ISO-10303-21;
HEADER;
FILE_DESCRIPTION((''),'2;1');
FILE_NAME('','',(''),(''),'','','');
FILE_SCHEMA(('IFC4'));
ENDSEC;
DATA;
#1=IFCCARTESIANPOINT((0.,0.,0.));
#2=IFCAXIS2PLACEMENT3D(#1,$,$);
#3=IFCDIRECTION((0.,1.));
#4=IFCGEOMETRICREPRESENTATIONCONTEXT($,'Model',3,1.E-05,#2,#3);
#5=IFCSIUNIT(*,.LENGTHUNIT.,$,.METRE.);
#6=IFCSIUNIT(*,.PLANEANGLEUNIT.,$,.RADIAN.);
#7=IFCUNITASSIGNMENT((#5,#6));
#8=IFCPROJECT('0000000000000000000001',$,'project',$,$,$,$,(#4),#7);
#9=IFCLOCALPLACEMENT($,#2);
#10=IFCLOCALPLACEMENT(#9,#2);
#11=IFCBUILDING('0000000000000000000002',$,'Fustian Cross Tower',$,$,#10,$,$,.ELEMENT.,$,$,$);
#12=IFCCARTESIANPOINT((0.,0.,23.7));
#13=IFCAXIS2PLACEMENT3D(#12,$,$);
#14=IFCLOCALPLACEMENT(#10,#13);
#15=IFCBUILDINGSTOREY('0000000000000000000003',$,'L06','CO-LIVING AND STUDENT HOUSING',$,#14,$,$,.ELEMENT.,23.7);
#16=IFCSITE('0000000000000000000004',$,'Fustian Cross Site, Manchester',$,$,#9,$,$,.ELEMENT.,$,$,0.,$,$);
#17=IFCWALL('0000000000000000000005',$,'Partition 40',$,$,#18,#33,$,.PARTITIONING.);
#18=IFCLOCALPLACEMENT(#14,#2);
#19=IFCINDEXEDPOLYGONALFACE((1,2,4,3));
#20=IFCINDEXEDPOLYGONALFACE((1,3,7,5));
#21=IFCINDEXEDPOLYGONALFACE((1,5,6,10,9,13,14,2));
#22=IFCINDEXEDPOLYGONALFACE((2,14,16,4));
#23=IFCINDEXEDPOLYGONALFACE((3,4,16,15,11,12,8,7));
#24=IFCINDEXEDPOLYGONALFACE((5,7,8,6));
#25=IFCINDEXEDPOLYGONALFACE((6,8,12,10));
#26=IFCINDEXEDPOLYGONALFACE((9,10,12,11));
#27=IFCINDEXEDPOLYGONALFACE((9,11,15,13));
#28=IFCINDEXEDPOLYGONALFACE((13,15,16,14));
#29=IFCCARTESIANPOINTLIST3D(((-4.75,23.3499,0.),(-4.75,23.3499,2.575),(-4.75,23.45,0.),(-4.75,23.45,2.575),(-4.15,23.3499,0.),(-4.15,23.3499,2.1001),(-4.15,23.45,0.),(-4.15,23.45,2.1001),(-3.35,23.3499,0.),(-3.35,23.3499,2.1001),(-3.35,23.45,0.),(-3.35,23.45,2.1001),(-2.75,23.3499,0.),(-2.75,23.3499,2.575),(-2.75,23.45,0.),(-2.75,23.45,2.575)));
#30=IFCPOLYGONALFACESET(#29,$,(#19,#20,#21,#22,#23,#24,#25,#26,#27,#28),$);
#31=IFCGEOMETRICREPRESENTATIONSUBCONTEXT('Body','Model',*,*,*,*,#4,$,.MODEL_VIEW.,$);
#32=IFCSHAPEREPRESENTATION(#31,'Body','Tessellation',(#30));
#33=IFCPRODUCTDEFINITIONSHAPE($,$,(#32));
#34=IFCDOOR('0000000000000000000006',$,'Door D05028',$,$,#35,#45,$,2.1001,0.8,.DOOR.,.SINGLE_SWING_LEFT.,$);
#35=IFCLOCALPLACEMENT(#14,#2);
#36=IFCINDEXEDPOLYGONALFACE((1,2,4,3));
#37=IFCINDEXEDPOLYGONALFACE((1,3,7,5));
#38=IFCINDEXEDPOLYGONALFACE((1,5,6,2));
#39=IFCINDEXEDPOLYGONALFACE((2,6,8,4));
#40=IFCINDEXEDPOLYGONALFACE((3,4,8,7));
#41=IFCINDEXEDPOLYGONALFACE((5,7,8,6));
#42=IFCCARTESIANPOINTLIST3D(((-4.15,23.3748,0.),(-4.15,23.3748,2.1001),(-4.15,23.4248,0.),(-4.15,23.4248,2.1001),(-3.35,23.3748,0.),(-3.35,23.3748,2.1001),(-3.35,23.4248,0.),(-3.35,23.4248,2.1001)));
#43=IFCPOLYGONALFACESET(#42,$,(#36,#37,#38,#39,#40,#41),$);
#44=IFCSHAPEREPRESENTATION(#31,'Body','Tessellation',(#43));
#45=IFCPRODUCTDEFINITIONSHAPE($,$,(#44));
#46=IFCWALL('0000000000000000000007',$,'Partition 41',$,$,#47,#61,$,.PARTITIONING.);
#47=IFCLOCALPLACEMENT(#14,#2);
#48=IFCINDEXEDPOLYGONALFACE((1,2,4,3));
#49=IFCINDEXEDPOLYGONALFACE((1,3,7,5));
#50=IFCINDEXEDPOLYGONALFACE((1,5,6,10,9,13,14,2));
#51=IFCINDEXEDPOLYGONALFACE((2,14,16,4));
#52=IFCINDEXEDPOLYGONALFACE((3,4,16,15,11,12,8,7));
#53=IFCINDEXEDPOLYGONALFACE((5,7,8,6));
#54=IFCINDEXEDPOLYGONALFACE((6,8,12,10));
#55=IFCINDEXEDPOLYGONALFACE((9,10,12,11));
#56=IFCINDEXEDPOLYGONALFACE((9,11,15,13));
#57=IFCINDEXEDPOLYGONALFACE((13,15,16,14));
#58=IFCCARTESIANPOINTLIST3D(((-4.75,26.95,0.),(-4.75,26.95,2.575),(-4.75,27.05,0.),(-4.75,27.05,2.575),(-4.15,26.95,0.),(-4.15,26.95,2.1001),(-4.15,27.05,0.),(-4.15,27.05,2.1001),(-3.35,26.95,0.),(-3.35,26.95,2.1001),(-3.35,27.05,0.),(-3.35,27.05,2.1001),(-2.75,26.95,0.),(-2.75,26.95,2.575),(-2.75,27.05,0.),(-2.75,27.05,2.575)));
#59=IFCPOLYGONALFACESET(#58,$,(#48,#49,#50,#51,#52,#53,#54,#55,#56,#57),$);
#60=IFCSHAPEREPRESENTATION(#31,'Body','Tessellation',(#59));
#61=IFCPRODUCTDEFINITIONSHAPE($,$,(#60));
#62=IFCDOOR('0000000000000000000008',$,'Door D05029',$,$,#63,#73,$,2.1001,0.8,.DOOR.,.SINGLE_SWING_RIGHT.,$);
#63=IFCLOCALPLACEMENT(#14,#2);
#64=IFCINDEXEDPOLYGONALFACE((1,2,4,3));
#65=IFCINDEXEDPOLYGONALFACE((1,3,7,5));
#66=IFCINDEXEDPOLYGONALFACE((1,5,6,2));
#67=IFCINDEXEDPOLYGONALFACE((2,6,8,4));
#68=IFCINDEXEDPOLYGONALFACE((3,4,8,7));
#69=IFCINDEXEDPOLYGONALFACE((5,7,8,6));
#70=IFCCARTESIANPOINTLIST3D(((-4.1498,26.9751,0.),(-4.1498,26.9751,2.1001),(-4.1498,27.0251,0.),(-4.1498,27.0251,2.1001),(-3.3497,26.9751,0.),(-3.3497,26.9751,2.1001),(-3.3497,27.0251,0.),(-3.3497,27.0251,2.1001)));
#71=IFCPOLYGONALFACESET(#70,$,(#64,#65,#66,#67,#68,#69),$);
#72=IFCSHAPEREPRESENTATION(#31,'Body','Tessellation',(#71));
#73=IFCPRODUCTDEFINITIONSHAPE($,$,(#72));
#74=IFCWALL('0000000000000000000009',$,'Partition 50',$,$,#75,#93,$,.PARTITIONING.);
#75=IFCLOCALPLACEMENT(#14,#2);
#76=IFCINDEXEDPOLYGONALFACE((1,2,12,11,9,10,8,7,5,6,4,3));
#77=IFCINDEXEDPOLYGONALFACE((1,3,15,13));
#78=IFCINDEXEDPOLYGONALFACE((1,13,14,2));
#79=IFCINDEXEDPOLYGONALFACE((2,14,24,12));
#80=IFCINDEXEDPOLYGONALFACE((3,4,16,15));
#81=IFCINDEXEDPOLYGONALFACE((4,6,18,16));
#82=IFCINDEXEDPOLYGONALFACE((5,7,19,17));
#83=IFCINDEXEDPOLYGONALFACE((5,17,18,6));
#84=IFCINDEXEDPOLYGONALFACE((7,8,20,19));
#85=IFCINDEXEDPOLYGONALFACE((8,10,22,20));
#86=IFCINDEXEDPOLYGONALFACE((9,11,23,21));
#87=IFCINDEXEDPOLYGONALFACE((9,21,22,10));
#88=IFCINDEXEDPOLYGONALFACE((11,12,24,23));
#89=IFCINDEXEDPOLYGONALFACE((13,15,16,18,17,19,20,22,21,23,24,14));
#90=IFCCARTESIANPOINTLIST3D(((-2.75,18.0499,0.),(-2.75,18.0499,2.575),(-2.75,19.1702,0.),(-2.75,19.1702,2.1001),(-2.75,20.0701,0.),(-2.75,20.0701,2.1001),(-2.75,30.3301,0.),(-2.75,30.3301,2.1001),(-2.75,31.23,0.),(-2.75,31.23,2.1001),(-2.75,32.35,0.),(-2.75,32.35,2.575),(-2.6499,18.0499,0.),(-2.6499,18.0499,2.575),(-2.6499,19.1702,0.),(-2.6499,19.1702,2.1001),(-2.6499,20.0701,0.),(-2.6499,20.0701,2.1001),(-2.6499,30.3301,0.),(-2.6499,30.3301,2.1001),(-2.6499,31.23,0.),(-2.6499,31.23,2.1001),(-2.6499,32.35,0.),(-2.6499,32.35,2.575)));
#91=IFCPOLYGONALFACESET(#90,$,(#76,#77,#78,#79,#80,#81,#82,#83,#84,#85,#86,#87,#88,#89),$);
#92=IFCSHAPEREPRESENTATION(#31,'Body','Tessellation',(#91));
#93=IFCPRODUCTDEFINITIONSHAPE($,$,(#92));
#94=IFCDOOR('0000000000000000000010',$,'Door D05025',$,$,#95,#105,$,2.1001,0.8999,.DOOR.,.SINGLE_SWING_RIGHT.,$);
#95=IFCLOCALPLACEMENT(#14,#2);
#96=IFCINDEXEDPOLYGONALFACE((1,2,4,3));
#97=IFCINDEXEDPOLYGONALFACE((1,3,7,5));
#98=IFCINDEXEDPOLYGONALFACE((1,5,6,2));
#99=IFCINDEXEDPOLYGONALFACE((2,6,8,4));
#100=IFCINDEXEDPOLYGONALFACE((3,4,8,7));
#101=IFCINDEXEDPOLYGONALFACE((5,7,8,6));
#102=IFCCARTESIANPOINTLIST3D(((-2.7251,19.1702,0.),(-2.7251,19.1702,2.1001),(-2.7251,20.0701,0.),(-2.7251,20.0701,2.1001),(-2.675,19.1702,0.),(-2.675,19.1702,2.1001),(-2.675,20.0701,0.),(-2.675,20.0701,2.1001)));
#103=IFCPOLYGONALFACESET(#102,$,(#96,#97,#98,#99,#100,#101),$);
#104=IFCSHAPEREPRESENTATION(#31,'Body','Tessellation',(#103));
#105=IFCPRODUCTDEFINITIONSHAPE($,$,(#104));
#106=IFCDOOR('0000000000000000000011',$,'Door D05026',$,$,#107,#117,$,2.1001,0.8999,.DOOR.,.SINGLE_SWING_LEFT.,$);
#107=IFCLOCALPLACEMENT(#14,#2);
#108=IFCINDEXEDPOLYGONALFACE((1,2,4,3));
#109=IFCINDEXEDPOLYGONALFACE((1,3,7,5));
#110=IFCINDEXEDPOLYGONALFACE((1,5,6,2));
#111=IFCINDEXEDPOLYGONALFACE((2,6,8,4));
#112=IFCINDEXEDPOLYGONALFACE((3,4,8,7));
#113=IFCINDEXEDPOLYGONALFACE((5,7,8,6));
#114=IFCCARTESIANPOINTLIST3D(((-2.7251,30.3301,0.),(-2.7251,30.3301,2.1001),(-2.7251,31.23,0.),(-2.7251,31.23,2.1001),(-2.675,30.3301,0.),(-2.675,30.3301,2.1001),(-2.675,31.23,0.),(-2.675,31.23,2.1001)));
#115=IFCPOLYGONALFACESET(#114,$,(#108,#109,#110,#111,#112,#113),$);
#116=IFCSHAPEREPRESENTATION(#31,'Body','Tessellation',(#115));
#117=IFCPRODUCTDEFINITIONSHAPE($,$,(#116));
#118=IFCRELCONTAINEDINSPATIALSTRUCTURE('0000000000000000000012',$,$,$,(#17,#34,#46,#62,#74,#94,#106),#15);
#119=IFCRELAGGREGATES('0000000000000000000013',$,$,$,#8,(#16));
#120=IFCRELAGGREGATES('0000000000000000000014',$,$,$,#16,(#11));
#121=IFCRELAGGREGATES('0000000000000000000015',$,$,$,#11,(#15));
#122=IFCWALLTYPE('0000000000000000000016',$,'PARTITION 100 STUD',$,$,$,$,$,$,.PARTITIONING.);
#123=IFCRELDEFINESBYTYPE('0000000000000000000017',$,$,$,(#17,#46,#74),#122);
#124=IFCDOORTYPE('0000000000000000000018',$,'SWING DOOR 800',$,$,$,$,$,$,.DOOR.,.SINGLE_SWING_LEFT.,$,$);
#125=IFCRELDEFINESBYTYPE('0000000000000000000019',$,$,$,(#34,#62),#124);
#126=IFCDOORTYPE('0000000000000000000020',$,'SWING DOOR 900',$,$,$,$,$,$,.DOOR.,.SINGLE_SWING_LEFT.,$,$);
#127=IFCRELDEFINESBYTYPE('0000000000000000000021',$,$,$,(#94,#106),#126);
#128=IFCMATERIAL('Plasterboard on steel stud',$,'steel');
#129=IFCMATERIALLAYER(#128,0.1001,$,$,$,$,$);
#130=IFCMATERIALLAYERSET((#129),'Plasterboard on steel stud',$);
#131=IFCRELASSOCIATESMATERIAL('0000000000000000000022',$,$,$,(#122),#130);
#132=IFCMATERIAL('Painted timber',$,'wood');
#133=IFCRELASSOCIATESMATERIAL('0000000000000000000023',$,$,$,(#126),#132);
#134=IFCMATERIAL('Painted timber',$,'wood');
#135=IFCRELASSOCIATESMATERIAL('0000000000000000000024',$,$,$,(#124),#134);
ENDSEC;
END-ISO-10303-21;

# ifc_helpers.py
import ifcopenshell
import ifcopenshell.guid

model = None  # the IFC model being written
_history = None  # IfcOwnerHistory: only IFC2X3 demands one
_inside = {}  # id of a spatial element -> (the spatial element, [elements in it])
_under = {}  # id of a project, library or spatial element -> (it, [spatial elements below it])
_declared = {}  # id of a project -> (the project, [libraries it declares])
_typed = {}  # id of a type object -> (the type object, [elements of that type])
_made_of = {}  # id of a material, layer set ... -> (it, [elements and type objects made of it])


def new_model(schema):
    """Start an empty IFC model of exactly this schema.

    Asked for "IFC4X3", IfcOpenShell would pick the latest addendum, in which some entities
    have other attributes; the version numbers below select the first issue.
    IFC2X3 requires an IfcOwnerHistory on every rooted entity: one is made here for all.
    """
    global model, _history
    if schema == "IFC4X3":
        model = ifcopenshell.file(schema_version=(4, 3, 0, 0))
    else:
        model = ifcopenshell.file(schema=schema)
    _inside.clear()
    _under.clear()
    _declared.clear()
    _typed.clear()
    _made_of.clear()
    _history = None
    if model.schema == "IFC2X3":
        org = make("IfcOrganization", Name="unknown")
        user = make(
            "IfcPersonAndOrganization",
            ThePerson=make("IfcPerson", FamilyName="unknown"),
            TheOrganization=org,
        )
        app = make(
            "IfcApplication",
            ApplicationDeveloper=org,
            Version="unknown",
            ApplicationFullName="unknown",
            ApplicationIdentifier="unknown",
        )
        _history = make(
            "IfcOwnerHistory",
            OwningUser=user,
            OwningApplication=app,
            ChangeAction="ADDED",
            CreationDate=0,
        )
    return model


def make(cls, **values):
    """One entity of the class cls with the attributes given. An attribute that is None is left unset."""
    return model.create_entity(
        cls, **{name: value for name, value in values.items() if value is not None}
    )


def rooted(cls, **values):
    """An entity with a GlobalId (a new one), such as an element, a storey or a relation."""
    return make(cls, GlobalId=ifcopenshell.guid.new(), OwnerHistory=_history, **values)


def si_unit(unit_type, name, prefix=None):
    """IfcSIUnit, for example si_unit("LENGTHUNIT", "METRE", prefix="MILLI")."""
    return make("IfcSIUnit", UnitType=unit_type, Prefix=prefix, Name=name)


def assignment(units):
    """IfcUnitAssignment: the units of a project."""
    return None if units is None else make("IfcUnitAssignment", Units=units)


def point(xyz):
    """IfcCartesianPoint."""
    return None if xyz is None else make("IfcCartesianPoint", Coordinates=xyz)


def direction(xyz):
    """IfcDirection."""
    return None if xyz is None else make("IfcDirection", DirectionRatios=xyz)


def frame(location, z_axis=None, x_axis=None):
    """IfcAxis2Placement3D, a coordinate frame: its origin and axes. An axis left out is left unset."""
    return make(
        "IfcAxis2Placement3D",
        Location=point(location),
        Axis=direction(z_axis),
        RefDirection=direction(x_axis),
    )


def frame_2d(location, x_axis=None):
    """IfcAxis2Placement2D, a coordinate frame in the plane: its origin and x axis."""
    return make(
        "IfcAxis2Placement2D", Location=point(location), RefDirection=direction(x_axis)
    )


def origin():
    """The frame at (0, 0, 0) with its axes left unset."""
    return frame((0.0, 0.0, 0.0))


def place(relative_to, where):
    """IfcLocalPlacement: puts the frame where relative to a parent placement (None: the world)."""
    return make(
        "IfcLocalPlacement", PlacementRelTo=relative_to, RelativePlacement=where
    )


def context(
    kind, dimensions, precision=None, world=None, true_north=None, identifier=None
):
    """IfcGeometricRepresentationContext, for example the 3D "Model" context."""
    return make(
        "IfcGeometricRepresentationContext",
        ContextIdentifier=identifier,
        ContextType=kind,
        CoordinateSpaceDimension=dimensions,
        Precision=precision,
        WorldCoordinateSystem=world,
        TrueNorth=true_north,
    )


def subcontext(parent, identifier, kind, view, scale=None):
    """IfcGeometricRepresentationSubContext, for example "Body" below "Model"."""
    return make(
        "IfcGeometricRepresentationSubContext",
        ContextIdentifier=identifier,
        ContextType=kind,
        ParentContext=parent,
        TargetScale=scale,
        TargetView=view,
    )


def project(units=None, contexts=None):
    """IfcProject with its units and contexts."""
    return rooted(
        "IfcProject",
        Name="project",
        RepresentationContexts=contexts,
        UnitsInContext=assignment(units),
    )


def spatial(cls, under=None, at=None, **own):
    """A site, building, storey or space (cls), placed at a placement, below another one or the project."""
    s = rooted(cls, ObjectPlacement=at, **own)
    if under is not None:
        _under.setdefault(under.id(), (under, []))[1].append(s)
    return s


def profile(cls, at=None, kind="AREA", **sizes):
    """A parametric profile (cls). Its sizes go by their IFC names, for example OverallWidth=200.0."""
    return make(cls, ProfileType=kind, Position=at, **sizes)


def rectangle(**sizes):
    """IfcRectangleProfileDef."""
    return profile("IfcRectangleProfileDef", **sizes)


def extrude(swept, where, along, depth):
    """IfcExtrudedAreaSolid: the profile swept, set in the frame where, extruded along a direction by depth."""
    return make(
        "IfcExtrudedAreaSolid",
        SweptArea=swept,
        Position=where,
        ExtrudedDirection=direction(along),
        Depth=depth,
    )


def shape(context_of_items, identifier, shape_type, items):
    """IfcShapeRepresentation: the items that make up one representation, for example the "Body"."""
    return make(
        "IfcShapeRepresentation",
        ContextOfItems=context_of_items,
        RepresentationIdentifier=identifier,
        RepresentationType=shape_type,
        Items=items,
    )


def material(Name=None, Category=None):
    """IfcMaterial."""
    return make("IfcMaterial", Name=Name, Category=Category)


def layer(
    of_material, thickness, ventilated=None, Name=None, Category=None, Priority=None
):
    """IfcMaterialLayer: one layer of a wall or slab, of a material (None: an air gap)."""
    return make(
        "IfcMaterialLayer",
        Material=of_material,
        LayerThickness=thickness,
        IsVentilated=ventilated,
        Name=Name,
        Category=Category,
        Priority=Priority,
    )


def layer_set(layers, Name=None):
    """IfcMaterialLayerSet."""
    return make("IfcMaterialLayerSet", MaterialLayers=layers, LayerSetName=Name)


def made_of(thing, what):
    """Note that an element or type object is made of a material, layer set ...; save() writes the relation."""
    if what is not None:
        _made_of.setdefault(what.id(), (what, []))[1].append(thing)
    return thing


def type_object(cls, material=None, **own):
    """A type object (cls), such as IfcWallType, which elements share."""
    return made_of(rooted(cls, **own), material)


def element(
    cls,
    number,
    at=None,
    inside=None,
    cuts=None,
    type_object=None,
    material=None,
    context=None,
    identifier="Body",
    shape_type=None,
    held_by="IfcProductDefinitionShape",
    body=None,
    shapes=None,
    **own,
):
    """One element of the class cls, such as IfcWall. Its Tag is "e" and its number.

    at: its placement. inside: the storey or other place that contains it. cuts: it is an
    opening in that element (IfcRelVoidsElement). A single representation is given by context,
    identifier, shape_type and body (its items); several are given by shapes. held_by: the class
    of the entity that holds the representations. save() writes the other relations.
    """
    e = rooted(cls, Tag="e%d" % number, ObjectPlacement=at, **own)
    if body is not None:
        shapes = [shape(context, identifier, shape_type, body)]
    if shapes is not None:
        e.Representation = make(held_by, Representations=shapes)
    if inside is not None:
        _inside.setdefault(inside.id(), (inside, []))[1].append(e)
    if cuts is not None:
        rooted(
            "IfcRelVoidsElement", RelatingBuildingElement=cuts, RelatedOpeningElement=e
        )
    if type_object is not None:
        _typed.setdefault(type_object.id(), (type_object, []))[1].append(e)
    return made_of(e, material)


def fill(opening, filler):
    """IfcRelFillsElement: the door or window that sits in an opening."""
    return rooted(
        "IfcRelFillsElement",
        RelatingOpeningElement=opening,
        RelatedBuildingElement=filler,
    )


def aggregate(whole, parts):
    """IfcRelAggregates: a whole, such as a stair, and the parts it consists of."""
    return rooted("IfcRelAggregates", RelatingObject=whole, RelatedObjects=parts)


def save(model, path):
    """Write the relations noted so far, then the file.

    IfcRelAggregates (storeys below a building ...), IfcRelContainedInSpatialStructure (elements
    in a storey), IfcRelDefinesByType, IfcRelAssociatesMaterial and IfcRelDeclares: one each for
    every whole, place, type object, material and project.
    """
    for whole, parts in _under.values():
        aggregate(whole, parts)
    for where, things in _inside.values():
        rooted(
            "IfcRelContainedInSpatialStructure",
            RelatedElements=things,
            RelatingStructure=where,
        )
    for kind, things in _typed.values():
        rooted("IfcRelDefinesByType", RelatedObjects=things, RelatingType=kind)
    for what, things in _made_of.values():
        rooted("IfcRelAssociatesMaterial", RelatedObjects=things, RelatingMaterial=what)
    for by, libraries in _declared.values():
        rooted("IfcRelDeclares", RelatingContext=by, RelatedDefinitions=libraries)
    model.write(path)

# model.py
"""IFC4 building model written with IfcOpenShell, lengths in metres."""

from ifc_helpers import new_model, si_unit, direction, frame, frame_2d, origin, place, context, subcontext, project, spatial, rectangle, extrude, material, layer, layer_set, type_object, element, fill, save


model = new_model("IFC4")

# Units and contexts
model_context = context("Model", 3, precision=1e-05, world=origin(), true_north=direction((0.0, 1.0)))
body_context = subcontext(model_context, "Body", "Model", "MODEL_VIEW")
ifc_project = project(units=[si_unit("LENGTHUNIT", "METRE"), si_unit("PLANEANGLEUNIT", "RADIAN")], contexts=[model_context])

# Site, building, storey
site_placement = place(None, origin())
site = spatial("IfcSite", under=ifc_project, at=site_placement, Name="Fustian Cross Site, Manchester", CompositionType="ELEMENT", RefElevation=0.0)
building_placement = place(site_placement, origin())
building = spatial("IfcBuilding", under=site, at=building_placement, Name="Fustian Cross Tower", CompositionType="ELEMENT")
storey_placement = place(building_placement, frame((0.0, 0.0, 23.7)))
storey = spatial("IfcBuildingStorey", under=building, at=storey_placement, Name="L06", Description="CO-LIVING AND STUDENT HOUSING", CompositionType="ELEMENT", Elevation=23.7)

# Shared definitions
ifc_material_1 = material(Name="Plasterboard on steel stud", Category="steel")
ifc_layer = layer(ifc_material_1, 0.1001)
ifc_layer_set = layer_set([ifc_layer], Name="Plasterboard on steel stud")
wall_type = type_object("IfcWallType", Name="PARTITION 100 STUD", PredefinedType="PARTITIONING", material=ifc_layer_set)
ifc_material_2 = material(Name="Painted timber", Category="wood")
door_type_1 = type_object("IfcDoorType", Name="SWING DOOR 900", OperationType="SINGLE_SWING_LEFT", PredefinedType="DOOR", material=ifc_material_2)

# Shared definitions
ifc_material_3 = material(Name="Painted timber", Category="wood")
door_type_2 = type_object("IfcDoorType", Name="SWING DOOR 800", OperationType="SINGLE_SWING_LEFT", PredefinedType="DOOR", material=ifc_material_3)

# Walls, openings, doors
wall_1_placement = place(storey_placement, frame((-4.75, 23.3999, 0.0), z_axis=(0.0, 0.0, 1.0), x_axis=(1.0, 0.0, 0.0)))
wall_1 = element("IfcWall", 1, at=wall_1_placement, inside=storey, type_object=wall_type, Name="Partition 40", PredefinedType="PARTITIONING", context=body_context, shape_type="SweptSolid", body=[
    extrude(rectangle(XDim=2.0, YDim=0.1001, at=frame_2d((1.0, 0.0))), origin(), (0.0, 0.0, 1.0), 2.575),
])
opening_1_placement = place(wall_1_placement, frame((0.6001, 0.0, 0.0)))
opening_1 = element("IfcOpeningElement", 2, at=opening_1_placement, cuts=wall_1, PredefinedType="OPENING", context=body_context, shape_type="SweptSolid", body=[
    extrude(rectangle(XDim=0.8, YDim=2.1001, at=frame_2d((0.3999, 1.05))), frame((0.0, 0.0601, 0.0), z_axis=(0.0, -1.0, 0.0), x_axis=(1.0, 0.0, 0.0)), (0.0, 0.0, 1.0), 0.1201),
])
door_1_placement = place(opening_1_placement, origin())
door_1 = element("IfcDoor", 3, at=door_1_placement, inside=storey, type_object=door_type_2, Name="Door D05028", OperationType="SINGLE_SWING_LEFT", OverallHeight=2.1001, OverallWidth=0.8, PredefinedType="DOOR", context=body_context, shape_type="SweptSolid", body=[
    extrude(rectangle(XDim=0.8, YDim=2.1001, at=frame_2d((0.3999, 1.05))), frame((0.0, 0.0249, 0.0), z_axis=(0.0, -1.0, 0.0), x_axis=(1.0, 0.0, 0.0)), (0.0, 0.0, 1.0), 0.05),
])
fill(opening_1, door_1)
wall_2_placement = place(storey_placement, frame((-4.75, 27.0, 0.0), z_axis=(0.0, 0.0, 1.0), x_axis=(1.0, 0.0, 0.0)))
wall_2 = element("IfcWall", 4, at=wall_2_placement, inside=storey, type_object=wall_type, Name="Partition 41", PredefinedType="PARTITIONING", context=body_context, shape_type="SweptSolid", body=[
    extrude(rectangle(XDim=2.0, YDim=0.1001, at=frame_2d((1.0, 0.0))), origin(), (0.0, 0.0, 1.0), 2.575),
])
opening_2_placement = place(wall_2_placement, frame((0.6001, 0.0, 0.0)))
opening_2 = element("IfcOpeningElement", 5, at=opening_2_placement, cuts=wall_2, PredefinedType="OPENING", context=body_context, shape_type="SweptSolid", body=[
    extrude(rectangle(XDim=0.8, YDim=2.1001, at=frame_2d((0.3999, 1.05))), frame((0.0, 0.0601, 0.0), z_axis=(0.0, -1.0, 0.0), x_axis=(1.0, 0.0, 0.0)), (0.0, 0.0, 1.0), 0.1201),
])
door_2_placement = place(opening_2_placement, frame((0.8, 0.0, 0.0), z_axis=(0.0, 0.0, 1.0), x_axis=(-1.0, 0.0, 0.0)))
door_2 = element("IfcDoor", 6, at=door_2_placement, inside=storey, type_object=door_type_2, Name="Door D05029", OperationType="SINGLE_SWING_RIGHT", OverallHeight=2.1001, OverallWidth=0.8, PredefinedType="DOOR", context=body_context, shape_type="SweptSolid", body=[
    extrude(rectangle(XDim=0.8, YDim=2.1001, at=frame_2d((0.3999, 1.05))), frame((0.0, 0.0249, 0.0), z_axis=(0.0, -1.0, 0.0), x_axis=(1.0, 0.0, 0.0)), (0.0, 0.0, 1.0), 0.05),
])
fill(opening_2, door_2)

# Wall, openings, doors
wall_3_placement = place(storey_placement, frame((-2.7, 18.05, 0.0), z_axis=(0.0, 0.0, 1.0), x_axis=(0.0, 1.0, 0.0)))
wall_3 = element("IfcWall", 7, at=wall_3_placement, inside=storey, type_object=wall_type, Name="Partition 50", PredefinedType="PARTITIONING", context=body_context, shape_type="SweptSolid", body=[
    extrude(rectangle(XDim=14.3, YDim=0.1001, at=frame_2d((7.1499, 0.0))), origin(), (0.0, 0.0, 1.0), 2.575),
])
opening_3_placement = place(wall_3_placement, frame((1.1201, 0.0, 0.0)))
opening_3 = element("IfcOpeningElement", 8, at=opening_3_placement, cuts=wall_3, PredefinedType="OPENING", context=body_context, shape_type="SweptSolid", body=[
    extrude(rectangle(XDim=0.8999, YDim=2.1001, at=frame_2d((0.45, 1.05))), frame((0.0, 0.0601, 0.0), z_axis=(0.0, -1.0, 0.0), x_axis=(1.0, 0.0, 0.0)), (0.0, 0.0, 1.0), 0.1201),
])
opening_4_placement = place(wall_3_placement, frame((12.28, 0.0, 0.0)))
opening_4 = element("IfcOpeningElement", 9, at=opening_4_placement, cuts=wall_3, PredefinedType="OPENING", context=body_context, shape_type="SweptSolid", body=[
    extrude(rectangle(XDim=0.8999, YDim=2.1001, at=frame_2d((0.45, 1.05))), frame((0.0, 0.0601, 0.0), z_axis=(0.0, -1.0, 0.0), x_axis=(1.0, 0.0, 0.0)), (0.0, 0.0, 1.0), 0.1201),
])
door_3_placement = place(opening_3_placement, frame((0.8999, 0.0, 0.0), z_axis=(0.0, 0.0, 1.0), x_axis=(-1.0, 0.0, 0.0)))
door_3 = element("IfcDoor", 10, at=door_3_placement, inside=storey, type_object=door_type_1, Name="Door D05025", OperationType="SINGLE_SWING_RIGHT", OverallHeight=2.1001, OverallWidth=0.8999, PredefinedType="DOOR", context=body_context, shape_type="SweptSolid", body=[
    extrude(rectangle(XDim=0.8999, YDim=2.1001, at=frame_2d((0.45, 1.05))), frame((0.0, 0.0249, 0.0), z_axis=(0.0, -1.0, 0.0), x_axis=(1.0, 0.0, 0.0)), (0.0, 0.0, 1.0), 0.05),
])
fill(opening_3, door_3)
door_4_placement = place(opening_4_placement, frame((0.8999, 0.0, 0.0), z_axis=(0.0, 0.0, 1.0), x_axis=(-1.0, 0.0, 0.0)))
door_4 = element("IfcDoor", 11, at=door_4_placement, inside=storey, type_object=door_type_1, Name="Door D05026", OperationType="SINGLE_SWING_LEFT", OverallHeight=2.1001, OverallWidth=0.8999, PredefinedType="DOOR", context=body_context, shape_type="SweptSolid", body=[
    extrude(rectangle(XDim=0.8999, YDim=2.1001, at=frame_2d((0.45, 1.05))), frame((0.0, 0.0249, 0.0), z_axis=(0.0, -1.0, 0.0), x_axis=(1.0, 0.0, 0.0)), (0.0, 0.0, 1.0), 0.05),
])
fill(opening_4, door_4)

save(model, "model.ifc")
